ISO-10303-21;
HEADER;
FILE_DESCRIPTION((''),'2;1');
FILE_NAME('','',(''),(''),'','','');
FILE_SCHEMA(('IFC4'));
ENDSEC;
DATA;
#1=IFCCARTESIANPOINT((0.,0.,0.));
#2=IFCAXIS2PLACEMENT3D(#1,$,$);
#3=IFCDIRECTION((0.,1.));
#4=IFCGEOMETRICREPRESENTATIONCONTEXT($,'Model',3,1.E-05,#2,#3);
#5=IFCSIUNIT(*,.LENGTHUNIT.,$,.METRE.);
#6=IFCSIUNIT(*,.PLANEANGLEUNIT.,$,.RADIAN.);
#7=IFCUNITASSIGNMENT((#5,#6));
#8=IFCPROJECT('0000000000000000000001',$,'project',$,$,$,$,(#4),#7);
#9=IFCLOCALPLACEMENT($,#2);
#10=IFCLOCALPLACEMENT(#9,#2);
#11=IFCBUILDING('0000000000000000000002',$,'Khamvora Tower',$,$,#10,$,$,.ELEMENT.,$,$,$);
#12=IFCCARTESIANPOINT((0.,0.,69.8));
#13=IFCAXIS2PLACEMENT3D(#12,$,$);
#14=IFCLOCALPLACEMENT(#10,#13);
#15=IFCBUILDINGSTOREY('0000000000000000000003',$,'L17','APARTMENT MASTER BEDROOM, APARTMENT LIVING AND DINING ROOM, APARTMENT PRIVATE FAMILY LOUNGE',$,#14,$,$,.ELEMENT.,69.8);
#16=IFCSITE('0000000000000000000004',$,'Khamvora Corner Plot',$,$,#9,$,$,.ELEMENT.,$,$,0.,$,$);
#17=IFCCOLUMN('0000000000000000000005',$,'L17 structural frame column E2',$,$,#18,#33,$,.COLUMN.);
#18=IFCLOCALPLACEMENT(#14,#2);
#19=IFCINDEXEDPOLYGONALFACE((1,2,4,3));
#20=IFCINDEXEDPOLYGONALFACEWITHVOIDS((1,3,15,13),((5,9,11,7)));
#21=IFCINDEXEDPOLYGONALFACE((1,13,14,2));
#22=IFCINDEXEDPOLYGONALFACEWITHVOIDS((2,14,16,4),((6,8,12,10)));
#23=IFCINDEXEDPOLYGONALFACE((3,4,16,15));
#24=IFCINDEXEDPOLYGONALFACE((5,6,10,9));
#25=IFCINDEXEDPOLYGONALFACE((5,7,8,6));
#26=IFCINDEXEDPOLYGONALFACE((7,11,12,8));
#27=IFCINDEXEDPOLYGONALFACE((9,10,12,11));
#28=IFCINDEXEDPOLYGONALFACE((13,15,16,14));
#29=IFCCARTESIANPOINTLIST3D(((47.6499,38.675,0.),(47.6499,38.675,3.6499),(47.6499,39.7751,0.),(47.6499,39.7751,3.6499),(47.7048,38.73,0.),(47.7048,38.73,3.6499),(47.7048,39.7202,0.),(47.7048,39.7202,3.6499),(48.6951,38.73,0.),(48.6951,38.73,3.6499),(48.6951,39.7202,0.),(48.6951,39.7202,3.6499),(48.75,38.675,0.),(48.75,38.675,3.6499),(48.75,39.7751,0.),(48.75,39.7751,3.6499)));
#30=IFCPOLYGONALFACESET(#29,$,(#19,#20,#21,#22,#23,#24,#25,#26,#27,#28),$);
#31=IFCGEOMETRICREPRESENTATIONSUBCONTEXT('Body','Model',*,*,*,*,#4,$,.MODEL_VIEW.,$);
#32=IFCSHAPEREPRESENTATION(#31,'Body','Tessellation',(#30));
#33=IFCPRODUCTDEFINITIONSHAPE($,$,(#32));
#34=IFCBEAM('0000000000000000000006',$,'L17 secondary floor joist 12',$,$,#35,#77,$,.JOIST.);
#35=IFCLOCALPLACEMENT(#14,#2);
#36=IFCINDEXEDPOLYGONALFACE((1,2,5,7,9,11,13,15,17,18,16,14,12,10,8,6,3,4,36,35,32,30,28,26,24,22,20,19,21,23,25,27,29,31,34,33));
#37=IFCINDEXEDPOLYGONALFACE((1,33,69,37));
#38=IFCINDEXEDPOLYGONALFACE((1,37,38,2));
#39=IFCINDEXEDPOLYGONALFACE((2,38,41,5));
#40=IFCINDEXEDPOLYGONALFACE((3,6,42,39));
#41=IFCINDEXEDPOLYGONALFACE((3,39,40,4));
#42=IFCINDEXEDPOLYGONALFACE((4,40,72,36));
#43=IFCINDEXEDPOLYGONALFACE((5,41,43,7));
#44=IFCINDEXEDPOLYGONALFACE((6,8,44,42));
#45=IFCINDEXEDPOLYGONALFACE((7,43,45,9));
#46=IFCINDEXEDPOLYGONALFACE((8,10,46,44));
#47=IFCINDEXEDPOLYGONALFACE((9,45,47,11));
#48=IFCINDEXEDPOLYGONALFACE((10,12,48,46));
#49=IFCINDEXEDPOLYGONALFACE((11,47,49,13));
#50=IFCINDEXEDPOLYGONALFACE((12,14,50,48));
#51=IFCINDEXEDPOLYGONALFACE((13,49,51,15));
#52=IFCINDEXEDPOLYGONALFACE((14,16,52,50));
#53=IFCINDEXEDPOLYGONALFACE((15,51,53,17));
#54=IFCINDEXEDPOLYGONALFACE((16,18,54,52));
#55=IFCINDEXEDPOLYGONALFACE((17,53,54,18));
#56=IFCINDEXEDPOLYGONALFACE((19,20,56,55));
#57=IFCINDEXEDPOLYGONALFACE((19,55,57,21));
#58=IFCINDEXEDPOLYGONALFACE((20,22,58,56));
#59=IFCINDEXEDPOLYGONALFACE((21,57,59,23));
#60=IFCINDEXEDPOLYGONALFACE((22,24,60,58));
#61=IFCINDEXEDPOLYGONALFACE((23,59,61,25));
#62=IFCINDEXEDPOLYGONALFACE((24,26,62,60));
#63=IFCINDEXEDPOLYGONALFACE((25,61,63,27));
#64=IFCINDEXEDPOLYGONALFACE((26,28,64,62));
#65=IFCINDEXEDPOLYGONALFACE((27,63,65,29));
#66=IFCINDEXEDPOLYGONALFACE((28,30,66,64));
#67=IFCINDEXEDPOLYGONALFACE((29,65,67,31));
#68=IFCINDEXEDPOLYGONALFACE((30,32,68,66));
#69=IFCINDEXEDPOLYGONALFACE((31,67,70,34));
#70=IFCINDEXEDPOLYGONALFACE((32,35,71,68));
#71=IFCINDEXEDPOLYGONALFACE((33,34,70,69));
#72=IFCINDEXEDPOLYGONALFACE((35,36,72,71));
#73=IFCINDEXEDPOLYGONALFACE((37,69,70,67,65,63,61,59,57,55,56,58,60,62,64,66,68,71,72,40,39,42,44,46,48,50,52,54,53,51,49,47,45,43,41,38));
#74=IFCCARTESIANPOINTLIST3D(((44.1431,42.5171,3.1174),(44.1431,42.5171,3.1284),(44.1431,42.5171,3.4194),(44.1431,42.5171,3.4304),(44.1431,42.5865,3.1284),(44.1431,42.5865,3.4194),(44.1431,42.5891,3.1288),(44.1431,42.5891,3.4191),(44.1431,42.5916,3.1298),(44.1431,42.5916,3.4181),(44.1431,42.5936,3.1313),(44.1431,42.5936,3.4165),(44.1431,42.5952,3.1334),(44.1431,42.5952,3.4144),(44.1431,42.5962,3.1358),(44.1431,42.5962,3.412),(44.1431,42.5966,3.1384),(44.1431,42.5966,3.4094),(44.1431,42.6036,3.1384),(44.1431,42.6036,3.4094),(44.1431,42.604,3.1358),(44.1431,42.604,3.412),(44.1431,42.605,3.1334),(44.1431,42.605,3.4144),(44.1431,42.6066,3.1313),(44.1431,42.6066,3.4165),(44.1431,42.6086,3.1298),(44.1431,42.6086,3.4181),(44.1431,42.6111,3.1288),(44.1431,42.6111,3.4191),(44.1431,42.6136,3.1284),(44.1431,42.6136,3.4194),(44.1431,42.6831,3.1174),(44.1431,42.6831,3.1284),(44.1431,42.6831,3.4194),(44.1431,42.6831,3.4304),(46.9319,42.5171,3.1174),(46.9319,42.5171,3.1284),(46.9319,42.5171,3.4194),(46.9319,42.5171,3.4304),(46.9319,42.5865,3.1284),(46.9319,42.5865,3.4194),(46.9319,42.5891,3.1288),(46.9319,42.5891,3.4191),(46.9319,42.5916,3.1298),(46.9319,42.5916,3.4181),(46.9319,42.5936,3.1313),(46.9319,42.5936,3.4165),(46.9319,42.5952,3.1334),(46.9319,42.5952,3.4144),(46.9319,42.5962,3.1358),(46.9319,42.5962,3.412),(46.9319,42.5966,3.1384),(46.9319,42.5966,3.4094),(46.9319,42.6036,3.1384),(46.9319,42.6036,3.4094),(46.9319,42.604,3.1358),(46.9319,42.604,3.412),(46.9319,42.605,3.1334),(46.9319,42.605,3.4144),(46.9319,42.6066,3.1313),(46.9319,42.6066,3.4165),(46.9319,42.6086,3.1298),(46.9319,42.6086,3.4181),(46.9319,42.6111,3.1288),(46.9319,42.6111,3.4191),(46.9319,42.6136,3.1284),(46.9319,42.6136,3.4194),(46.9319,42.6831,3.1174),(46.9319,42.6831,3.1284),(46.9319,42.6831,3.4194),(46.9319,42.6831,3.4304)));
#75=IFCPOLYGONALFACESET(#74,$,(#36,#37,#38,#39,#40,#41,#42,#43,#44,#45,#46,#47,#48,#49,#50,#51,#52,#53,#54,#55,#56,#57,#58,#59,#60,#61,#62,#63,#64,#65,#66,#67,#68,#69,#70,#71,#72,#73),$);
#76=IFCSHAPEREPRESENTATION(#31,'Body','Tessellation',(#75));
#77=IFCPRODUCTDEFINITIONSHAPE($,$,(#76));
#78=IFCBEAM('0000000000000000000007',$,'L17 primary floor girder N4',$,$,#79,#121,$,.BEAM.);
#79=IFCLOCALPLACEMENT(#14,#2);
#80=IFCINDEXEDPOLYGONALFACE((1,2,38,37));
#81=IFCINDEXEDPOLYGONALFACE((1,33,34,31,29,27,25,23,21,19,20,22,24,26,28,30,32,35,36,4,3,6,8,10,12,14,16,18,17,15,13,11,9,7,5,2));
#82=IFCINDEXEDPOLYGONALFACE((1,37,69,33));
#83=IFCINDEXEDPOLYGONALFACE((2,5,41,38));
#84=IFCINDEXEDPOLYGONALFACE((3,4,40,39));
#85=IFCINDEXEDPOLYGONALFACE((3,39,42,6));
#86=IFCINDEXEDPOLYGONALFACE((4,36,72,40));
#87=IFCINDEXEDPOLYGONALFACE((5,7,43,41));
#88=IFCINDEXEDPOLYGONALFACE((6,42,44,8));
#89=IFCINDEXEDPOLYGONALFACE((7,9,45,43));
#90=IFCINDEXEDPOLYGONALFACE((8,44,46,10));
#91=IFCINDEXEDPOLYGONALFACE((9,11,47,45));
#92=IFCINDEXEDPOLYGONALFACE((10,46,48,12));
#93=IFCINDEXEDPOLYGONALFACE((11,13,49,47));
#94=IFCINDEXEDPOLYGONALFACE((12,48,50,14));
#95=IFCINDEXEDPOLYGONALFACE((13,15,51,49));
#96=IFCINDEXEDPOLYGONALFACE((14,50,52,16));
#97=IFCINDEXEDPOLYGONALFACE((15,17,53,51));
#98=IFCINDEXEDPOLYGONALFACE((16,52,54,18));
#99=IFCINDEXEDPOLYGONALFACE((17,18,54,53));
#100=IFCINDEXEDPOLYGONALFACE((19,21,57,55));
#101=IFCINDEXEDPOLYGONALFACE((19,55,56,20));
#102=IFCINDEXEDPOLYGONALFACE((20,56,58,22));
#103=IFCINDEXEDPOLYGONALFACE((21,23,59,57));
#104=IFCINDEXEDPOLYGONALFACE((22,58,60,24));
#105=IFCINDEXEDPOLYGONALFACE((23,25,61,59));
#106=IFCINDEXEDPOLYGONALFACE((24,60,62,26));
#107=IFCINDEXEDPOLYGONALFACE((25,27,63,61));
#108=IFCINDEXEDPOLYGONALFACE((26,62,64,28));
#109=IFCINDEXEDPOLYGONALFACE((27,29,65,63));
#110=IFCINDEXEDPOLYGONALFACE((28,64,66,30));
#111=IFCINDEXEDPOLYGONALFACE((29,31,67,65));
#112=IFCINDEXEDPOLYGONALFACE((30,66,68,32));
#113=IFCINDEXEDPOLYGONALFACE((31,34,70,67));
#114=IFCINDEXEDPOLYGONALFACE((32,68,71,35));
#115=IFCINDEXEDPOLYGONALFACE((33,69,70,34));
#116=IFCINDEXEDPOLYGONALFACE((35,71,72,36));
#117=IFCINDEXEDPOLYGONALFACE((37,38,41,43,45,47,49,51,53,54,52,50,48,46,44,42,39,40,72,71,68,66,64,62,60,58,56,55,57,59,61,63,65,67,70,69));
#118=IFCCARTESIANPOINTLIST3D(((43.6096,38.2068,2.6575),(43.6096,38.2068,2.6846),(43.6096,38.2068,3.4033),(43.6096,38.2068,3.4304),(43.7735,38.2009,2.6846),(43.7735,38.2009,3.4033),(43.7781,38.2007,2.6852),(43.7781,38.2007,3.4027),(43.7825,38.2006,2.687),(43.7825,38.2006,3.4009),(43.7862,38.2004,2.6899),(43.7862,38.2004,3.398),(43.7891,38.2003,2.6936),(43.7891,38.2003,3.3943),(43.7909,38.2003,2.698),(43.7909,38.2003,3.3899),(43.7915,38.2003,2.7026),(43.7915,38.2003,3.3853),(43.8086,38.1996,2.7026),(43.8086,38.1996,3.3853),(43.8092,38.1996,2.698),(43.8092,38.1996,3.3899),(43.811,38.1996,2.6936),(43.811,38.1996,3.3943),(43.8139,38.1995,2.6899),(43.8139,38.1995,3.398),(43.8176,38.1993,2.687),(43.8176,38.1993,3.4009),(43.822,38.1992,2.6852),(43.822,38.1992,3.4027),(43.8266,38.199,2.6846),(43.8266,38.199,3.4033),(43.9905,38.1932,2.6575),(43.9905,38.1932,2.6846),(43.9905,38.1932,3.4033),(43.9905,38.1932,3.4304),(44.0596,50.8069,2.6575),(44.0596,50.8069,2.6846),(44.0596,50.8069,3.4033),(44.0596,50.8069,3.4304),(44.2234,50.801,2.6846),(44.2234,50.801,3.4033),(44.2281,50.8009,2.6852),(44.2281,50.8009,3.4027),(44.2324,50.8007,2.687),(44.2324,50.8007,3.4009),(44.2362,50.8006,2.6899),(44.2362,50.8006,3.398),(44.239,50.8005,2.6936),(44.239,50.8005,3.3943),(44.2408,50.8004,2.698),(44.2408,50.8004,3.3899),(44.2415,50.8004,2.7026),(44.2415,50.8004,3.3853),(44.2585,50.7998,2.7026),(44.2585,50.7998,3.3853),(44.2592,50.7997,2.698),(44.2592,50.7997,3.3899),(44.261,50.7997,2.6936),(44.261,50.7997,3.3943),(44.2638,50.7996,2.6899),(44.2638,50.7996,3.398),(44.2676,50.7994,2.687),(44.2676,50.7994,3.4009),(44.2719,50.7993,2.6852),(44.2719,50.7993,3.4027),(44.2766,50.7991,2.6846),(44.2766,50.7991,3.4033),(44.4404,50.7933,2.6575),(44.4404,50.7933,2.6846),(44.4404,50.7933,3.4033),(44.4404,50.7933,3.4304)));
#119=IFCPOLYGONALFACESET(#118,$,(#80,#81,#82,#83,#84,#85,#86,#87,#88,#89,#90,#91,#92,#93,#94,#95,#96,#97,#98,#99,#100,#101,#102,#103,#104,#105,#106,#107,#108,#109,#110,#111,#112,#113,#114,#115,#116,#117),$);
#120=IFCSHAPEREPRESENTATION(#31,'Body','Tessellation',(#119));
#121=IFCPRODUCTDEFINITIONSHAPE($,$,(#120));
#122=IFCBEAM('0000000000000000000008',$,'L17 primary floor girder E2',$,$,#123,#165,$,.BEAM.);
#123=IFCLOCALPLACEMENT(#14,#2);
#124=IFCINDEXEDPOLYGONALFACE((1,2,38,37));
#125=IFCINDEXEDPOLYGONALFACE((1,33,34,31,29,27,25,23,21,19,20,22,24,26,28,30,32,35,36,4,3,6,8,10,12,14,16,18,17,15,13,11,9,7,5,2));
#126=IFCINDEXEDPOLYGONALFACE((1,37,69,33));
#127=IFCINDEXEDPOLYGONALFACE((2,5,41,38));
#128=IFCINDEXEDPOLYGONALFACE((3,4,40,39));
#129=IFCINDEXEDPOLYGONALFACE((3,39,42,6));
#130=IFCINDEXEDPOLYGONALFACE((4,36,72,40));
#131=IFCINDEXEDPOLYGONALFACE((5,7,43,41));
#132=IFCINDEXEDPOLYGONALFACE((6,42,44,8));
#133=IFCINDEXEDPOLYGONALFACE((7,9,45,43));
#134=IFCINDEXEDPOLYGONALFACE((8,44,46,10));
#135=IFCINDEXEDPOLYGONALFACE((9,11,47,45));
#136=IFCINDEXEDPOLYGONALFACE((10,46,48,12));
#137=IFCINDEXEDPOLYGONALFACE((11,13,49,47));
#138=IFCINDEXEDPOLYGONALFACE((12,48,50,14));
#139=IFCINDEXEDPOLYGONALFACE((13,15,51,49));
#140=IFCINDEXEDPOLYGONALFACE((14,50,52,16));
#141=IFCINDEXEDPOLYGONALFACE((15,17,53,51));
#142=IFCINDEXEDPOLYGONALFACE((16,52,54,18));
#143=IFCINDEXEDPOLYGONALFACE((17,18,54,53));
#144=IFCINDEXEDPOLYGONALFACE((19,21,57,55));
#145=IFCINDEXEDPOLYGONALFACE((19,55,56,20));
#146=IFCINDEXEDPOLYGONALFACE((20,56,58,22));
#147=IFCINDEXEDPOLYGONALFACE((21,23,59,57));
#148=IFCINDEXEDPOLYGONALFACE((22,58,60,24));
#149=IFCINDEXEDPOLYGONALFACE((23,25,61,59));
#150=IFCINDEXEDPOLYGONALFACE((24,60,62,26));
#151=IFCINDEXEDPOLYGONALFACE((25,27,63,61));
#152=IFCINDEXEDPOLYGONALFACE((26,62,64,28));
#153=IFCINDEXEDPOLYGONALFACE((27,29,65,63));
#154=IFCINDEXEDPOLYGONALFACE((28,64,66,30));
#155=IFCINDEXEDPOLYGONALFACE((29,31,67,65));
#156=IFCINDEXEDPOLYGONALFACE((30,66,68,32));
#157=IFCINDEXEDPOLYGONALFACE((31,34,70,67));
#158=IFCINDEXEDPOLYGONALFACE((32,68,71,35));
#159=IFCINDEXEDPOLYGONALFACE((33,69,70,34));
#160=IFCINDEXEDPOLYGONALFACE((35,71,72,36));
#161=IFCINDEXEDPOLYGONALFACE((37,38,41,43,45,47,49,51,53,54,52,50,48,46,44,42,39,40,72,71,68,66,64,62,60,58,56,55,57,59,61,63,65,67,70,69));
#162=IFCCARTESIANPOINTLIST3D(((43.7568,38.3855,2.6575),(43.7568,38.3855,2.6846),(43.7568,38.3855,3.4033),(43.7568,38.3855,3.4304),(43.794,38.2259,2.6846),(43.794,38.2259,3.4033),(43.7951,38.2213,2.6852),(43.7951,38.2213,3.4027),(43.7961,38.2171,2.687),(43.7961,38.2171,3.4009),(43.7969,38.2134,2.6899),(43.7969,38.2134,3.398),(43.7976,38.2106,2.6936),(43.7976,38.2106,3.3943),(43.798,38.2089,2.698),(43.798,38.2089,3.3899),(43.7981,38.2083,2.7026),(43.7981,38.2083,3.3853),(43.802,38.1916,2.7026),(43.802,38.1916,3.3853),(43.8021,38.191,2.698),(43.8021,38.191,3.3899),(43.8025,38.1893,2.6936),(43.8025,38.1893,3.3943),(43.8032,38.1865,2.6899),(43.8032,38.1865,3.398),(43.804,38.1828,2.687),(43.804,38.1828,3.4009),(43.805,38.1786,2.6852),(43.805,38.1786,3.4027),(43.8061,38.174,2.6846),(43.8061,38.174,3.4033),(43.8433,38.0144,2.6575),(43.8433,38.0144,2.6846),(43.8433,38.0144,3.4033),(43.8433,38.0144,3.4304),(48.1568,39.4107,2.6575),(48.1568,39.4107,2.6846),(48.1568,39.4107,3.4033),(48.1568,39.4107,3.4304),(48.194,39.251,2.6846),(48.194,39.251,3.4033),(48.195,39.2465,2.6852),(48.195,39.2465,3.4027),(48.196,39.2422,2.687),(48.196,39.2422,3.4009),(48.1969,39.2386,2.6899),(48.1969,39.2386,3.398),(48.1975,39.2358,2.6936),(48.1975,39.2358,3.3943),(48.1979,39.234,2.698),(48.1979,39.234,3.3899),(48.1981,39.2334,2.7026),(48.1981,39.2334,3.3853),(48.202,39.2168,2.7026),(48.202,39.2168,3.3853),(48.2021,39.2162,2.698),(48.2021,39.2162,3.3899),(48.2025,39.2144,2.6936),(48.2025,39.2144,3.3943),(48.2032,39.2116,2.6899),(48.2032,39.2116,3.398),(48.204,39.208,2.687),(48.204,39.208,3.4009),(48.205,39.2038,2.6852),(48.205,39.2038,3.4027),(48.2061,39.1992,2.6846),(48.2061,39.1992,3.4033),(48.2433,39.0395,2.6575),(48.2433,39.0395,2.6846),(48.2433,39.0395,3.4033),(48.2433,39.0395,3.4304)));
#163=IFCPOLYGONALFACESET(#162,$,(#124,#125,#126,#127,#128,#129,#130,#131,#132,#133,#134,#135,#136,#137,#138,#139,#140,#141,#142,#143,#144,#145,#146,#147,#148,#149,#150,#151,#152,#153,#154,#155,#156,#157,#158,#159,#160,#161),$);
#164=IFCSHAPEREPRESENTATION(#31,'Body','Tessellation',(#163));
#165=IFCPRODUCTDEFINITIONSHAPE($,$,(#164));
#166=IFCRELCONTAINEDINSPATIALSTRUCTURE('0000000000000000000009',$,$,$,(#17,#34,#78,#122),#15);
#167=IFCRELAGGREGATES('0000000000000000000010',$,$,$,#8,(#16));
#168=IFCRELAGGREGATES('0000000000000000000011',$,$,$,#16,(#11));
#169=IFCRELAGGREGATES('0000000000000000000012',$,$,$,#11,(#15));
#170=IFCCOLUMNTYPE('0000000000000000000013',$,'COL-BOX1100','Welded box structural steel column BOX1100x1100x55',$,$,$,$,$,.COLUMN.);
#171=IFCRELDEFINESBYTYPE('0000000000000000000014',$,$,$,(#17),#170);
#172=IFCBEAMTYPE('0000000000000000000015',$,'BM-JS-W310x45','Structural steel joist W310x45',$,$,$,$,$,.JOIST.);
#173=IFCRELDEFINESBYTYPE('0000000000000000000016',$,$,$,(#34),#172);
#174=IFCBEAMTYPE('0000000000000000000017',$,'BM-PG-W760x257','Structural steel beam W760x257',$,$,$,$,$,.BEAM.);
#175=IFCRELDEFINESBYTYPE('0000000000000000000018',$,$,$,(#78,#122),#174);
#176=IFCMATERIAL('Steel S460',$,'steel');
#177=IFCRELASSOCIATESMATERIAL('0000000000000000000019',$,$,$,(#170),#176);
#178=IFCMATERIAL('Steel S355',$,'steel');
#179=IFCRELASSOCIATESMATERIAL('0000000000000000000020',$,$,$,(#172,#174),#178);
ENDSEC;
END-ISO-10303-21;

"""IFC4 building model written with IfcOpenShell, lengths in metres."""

from ifc_helpers import new_model, si_unit, direction, frame, origin, origin_2d, place, context, subcontext, project, spatial, hollow_rectangle, i_section, extrude, material, material_profile, profile_set, type_object, element, save


model = new_model("IFC4")

# Units and contexts
model_context = context("Model", 3, precision=1e-05, world=origin(), true_north=direction((0.0, 1.0)))
body_context = subcontext(model_context, "Body", "Model", "MODEL_VIEW")
ifc_project = project(units=[si_unit("LENGTHUNIT", "METRE"), si_unit("PLANEANGLEUNIT", "RADIAN")], contexts=[model_context])

# Site, building, storey
site_placement = place(None, origin())
site = spatial("IfcSite", under=ifc_project, at=site_placement, Name="Khamvora Corner Plot", CompositionType="ELEMENT", RefElevation=0.0)
building_placement = place(site_placement, origin())
building = spatial("IfcBuilding", under=site, at=building_placement, Name="Khamvora Tower", CompositionType="ELEMENT")
storey_placement = place(building_placement, frame((0.0, 0.0, 69.8)))
storey = spatial("IfcBuildingStorey", under=building, at=storey_placement, Name="L17", Description="APARTMENT MASTER BEDROOM, APARTMENT LIVING AND DINING ROOM, APARTMENT PRIVATE FAMILY LOUNGE", CompositionType="ELEMENT", Elevation=69.8)

# Column
ifc_material_1 = material(Name="Steel S460", Category="steel")
ifc_material_profile_1 = material_profile(ifc_material_1, hollow_rectangle(XDim=1.1001, YDim=1.1001, WallThickness=0.0549, at=origin_2d()), Name="BOX1100x1100x55")
ifc_profile_set_1 = profile_set([ifc_material_profile_1], Name="Steel S460")
column_type = type_object("IfcColumnType", Name="COL-BOX1100", Description="Welded box structural steel column BOX1100x1100x55", PredefinedType="COLUMN", material=ifc_profile_set_1)
column_placement = place(storey_placement, frame((48.2, 39.2251, 0.0), z_axis=(0.0, 0.0, 1.0), x_axis=(1.0, 0.0, 0.0)))
element("IfcColumn", 1, at=column_placement, inside=storey, type_object=column_type, Name="L17 structural frame column E2", PredefinedType="COLUMN", context=body_context, shape_type="SweptSolid", body=[
    extrude(hollow_rectangle(XDim=1.1001, YDim=1.1001, WallThickness=0.0549, at=origin_2d()), origin(), (0.0, 0.0, 1.0), 3.6499),
])

# Beams
ifc_material_2 = material(Name="Steel S355", Category="steel")
ifc_material_profile_2 = material_profile(ifc_material_2, i_section(OverallWidth=0.166, OverallDepth=0.313, WebThickness=0.0071, FlangeThickness=0.011, FilletRadius=0.01, at=origin_2d()), Name="W310x45")
ifc_profile_set_2 = profile_set([ifc_material_profile_2], Name="Steel S355")
beam_type_1 = type_object("IfcBeamType", Name="BM-JS-W310x45", Description="Structural steel joist W310x45", PredefinedType="JOIST", material=ifc_profile_set_2)
beam_1_placement = place(storey_placement, frame((44.1431, 42.6001, 3.2739), z_axis=(1.0, 0.0, 0.0), x_axis=(0.0, 1.0, 0.0)))
element("IfcBeam", 2, at=beam_1_placement, inside=storey, type_object=beam_type_1, Name="L17 secondary floor joist 12", PredefinedType="JOIST", context=body_context, shape_type="SweptSolid", body=[
    extrude(i_section(OverallWidth=0.166, OverallDepth=0.313, WebThickness=0.0071, FlangeThickness=0.011, FilletRadius=0.01, at=origin_2d()), origin(), (0.0, 0.0, 1.0), 2.7888),
])
ifc_material_profile_3 = material_profile(ifc_material_2, i_section(OverallWidth=0.3811, OverallDepth=0.7729, WebThickness=0.0171, FlangeThickness=0.0271, FilletRadius=0.0181, at=origin_2d()), Name="W760x257")
ifc_profile_set_3 = profile_set([ifc_material_profile_3], Name="Steel S355")
beam_type_2 = type_object("IfcBeamType", Name="BM-PG-W760x257", Description="Structural steel beam W760x257", PredefinedType="BEAM", material=ifc_profile_set_3)
beam_2_placement = place(storey_placement, frame((43.8, 38.2, 3.0439), z_axis=(0.035687, 0.999363, 0.0), x_axis=(-0.999363, 0.035687, 0.0)))
element("IfcBeam", 3, at=beam_2_placement, inside=storey, type_object=beam_type_2, Name="L17 primary floor girder N4", PredefinedType="BEAM", context=body_context, shape_type="SweptSolid", body=[
    extrude(i_section(OverallWidth=0.3811, OverallDepth=0.7729, WebThickness=0.0171, FlangeThickness=0.0271, FilletRadius=0.0181, at=origin_2d()), origin(), (0.0, 0.0, 1.0), 12.6082),
])
beam_3_placement = place(storey_placement, frame((43.8, 38.2, 3.0439), z_axis=(0.973915, 0.226915, 0.0), x_axis=(-0.226915, 0.973915, 0.0)))
element("IfcBeam", 4, at=beam_3_placement, inside=storey, type_object=beam_type_2, Name="L17 primary floor girder E2", PredefinedType="BEAM", context=body_context, shape_type="SweptSolid", body=[
    extrude(i_section(OverallWidth=0.3811, OverallDepth=0.7729, WebThickness=0.0171, FlangeThickness=0.0271, FilletRadius=0.0181, at=origin_2d()), origin(), (0.0, 0.0, 1.0), 4.5178),
])

save(model, "model.ifc")
